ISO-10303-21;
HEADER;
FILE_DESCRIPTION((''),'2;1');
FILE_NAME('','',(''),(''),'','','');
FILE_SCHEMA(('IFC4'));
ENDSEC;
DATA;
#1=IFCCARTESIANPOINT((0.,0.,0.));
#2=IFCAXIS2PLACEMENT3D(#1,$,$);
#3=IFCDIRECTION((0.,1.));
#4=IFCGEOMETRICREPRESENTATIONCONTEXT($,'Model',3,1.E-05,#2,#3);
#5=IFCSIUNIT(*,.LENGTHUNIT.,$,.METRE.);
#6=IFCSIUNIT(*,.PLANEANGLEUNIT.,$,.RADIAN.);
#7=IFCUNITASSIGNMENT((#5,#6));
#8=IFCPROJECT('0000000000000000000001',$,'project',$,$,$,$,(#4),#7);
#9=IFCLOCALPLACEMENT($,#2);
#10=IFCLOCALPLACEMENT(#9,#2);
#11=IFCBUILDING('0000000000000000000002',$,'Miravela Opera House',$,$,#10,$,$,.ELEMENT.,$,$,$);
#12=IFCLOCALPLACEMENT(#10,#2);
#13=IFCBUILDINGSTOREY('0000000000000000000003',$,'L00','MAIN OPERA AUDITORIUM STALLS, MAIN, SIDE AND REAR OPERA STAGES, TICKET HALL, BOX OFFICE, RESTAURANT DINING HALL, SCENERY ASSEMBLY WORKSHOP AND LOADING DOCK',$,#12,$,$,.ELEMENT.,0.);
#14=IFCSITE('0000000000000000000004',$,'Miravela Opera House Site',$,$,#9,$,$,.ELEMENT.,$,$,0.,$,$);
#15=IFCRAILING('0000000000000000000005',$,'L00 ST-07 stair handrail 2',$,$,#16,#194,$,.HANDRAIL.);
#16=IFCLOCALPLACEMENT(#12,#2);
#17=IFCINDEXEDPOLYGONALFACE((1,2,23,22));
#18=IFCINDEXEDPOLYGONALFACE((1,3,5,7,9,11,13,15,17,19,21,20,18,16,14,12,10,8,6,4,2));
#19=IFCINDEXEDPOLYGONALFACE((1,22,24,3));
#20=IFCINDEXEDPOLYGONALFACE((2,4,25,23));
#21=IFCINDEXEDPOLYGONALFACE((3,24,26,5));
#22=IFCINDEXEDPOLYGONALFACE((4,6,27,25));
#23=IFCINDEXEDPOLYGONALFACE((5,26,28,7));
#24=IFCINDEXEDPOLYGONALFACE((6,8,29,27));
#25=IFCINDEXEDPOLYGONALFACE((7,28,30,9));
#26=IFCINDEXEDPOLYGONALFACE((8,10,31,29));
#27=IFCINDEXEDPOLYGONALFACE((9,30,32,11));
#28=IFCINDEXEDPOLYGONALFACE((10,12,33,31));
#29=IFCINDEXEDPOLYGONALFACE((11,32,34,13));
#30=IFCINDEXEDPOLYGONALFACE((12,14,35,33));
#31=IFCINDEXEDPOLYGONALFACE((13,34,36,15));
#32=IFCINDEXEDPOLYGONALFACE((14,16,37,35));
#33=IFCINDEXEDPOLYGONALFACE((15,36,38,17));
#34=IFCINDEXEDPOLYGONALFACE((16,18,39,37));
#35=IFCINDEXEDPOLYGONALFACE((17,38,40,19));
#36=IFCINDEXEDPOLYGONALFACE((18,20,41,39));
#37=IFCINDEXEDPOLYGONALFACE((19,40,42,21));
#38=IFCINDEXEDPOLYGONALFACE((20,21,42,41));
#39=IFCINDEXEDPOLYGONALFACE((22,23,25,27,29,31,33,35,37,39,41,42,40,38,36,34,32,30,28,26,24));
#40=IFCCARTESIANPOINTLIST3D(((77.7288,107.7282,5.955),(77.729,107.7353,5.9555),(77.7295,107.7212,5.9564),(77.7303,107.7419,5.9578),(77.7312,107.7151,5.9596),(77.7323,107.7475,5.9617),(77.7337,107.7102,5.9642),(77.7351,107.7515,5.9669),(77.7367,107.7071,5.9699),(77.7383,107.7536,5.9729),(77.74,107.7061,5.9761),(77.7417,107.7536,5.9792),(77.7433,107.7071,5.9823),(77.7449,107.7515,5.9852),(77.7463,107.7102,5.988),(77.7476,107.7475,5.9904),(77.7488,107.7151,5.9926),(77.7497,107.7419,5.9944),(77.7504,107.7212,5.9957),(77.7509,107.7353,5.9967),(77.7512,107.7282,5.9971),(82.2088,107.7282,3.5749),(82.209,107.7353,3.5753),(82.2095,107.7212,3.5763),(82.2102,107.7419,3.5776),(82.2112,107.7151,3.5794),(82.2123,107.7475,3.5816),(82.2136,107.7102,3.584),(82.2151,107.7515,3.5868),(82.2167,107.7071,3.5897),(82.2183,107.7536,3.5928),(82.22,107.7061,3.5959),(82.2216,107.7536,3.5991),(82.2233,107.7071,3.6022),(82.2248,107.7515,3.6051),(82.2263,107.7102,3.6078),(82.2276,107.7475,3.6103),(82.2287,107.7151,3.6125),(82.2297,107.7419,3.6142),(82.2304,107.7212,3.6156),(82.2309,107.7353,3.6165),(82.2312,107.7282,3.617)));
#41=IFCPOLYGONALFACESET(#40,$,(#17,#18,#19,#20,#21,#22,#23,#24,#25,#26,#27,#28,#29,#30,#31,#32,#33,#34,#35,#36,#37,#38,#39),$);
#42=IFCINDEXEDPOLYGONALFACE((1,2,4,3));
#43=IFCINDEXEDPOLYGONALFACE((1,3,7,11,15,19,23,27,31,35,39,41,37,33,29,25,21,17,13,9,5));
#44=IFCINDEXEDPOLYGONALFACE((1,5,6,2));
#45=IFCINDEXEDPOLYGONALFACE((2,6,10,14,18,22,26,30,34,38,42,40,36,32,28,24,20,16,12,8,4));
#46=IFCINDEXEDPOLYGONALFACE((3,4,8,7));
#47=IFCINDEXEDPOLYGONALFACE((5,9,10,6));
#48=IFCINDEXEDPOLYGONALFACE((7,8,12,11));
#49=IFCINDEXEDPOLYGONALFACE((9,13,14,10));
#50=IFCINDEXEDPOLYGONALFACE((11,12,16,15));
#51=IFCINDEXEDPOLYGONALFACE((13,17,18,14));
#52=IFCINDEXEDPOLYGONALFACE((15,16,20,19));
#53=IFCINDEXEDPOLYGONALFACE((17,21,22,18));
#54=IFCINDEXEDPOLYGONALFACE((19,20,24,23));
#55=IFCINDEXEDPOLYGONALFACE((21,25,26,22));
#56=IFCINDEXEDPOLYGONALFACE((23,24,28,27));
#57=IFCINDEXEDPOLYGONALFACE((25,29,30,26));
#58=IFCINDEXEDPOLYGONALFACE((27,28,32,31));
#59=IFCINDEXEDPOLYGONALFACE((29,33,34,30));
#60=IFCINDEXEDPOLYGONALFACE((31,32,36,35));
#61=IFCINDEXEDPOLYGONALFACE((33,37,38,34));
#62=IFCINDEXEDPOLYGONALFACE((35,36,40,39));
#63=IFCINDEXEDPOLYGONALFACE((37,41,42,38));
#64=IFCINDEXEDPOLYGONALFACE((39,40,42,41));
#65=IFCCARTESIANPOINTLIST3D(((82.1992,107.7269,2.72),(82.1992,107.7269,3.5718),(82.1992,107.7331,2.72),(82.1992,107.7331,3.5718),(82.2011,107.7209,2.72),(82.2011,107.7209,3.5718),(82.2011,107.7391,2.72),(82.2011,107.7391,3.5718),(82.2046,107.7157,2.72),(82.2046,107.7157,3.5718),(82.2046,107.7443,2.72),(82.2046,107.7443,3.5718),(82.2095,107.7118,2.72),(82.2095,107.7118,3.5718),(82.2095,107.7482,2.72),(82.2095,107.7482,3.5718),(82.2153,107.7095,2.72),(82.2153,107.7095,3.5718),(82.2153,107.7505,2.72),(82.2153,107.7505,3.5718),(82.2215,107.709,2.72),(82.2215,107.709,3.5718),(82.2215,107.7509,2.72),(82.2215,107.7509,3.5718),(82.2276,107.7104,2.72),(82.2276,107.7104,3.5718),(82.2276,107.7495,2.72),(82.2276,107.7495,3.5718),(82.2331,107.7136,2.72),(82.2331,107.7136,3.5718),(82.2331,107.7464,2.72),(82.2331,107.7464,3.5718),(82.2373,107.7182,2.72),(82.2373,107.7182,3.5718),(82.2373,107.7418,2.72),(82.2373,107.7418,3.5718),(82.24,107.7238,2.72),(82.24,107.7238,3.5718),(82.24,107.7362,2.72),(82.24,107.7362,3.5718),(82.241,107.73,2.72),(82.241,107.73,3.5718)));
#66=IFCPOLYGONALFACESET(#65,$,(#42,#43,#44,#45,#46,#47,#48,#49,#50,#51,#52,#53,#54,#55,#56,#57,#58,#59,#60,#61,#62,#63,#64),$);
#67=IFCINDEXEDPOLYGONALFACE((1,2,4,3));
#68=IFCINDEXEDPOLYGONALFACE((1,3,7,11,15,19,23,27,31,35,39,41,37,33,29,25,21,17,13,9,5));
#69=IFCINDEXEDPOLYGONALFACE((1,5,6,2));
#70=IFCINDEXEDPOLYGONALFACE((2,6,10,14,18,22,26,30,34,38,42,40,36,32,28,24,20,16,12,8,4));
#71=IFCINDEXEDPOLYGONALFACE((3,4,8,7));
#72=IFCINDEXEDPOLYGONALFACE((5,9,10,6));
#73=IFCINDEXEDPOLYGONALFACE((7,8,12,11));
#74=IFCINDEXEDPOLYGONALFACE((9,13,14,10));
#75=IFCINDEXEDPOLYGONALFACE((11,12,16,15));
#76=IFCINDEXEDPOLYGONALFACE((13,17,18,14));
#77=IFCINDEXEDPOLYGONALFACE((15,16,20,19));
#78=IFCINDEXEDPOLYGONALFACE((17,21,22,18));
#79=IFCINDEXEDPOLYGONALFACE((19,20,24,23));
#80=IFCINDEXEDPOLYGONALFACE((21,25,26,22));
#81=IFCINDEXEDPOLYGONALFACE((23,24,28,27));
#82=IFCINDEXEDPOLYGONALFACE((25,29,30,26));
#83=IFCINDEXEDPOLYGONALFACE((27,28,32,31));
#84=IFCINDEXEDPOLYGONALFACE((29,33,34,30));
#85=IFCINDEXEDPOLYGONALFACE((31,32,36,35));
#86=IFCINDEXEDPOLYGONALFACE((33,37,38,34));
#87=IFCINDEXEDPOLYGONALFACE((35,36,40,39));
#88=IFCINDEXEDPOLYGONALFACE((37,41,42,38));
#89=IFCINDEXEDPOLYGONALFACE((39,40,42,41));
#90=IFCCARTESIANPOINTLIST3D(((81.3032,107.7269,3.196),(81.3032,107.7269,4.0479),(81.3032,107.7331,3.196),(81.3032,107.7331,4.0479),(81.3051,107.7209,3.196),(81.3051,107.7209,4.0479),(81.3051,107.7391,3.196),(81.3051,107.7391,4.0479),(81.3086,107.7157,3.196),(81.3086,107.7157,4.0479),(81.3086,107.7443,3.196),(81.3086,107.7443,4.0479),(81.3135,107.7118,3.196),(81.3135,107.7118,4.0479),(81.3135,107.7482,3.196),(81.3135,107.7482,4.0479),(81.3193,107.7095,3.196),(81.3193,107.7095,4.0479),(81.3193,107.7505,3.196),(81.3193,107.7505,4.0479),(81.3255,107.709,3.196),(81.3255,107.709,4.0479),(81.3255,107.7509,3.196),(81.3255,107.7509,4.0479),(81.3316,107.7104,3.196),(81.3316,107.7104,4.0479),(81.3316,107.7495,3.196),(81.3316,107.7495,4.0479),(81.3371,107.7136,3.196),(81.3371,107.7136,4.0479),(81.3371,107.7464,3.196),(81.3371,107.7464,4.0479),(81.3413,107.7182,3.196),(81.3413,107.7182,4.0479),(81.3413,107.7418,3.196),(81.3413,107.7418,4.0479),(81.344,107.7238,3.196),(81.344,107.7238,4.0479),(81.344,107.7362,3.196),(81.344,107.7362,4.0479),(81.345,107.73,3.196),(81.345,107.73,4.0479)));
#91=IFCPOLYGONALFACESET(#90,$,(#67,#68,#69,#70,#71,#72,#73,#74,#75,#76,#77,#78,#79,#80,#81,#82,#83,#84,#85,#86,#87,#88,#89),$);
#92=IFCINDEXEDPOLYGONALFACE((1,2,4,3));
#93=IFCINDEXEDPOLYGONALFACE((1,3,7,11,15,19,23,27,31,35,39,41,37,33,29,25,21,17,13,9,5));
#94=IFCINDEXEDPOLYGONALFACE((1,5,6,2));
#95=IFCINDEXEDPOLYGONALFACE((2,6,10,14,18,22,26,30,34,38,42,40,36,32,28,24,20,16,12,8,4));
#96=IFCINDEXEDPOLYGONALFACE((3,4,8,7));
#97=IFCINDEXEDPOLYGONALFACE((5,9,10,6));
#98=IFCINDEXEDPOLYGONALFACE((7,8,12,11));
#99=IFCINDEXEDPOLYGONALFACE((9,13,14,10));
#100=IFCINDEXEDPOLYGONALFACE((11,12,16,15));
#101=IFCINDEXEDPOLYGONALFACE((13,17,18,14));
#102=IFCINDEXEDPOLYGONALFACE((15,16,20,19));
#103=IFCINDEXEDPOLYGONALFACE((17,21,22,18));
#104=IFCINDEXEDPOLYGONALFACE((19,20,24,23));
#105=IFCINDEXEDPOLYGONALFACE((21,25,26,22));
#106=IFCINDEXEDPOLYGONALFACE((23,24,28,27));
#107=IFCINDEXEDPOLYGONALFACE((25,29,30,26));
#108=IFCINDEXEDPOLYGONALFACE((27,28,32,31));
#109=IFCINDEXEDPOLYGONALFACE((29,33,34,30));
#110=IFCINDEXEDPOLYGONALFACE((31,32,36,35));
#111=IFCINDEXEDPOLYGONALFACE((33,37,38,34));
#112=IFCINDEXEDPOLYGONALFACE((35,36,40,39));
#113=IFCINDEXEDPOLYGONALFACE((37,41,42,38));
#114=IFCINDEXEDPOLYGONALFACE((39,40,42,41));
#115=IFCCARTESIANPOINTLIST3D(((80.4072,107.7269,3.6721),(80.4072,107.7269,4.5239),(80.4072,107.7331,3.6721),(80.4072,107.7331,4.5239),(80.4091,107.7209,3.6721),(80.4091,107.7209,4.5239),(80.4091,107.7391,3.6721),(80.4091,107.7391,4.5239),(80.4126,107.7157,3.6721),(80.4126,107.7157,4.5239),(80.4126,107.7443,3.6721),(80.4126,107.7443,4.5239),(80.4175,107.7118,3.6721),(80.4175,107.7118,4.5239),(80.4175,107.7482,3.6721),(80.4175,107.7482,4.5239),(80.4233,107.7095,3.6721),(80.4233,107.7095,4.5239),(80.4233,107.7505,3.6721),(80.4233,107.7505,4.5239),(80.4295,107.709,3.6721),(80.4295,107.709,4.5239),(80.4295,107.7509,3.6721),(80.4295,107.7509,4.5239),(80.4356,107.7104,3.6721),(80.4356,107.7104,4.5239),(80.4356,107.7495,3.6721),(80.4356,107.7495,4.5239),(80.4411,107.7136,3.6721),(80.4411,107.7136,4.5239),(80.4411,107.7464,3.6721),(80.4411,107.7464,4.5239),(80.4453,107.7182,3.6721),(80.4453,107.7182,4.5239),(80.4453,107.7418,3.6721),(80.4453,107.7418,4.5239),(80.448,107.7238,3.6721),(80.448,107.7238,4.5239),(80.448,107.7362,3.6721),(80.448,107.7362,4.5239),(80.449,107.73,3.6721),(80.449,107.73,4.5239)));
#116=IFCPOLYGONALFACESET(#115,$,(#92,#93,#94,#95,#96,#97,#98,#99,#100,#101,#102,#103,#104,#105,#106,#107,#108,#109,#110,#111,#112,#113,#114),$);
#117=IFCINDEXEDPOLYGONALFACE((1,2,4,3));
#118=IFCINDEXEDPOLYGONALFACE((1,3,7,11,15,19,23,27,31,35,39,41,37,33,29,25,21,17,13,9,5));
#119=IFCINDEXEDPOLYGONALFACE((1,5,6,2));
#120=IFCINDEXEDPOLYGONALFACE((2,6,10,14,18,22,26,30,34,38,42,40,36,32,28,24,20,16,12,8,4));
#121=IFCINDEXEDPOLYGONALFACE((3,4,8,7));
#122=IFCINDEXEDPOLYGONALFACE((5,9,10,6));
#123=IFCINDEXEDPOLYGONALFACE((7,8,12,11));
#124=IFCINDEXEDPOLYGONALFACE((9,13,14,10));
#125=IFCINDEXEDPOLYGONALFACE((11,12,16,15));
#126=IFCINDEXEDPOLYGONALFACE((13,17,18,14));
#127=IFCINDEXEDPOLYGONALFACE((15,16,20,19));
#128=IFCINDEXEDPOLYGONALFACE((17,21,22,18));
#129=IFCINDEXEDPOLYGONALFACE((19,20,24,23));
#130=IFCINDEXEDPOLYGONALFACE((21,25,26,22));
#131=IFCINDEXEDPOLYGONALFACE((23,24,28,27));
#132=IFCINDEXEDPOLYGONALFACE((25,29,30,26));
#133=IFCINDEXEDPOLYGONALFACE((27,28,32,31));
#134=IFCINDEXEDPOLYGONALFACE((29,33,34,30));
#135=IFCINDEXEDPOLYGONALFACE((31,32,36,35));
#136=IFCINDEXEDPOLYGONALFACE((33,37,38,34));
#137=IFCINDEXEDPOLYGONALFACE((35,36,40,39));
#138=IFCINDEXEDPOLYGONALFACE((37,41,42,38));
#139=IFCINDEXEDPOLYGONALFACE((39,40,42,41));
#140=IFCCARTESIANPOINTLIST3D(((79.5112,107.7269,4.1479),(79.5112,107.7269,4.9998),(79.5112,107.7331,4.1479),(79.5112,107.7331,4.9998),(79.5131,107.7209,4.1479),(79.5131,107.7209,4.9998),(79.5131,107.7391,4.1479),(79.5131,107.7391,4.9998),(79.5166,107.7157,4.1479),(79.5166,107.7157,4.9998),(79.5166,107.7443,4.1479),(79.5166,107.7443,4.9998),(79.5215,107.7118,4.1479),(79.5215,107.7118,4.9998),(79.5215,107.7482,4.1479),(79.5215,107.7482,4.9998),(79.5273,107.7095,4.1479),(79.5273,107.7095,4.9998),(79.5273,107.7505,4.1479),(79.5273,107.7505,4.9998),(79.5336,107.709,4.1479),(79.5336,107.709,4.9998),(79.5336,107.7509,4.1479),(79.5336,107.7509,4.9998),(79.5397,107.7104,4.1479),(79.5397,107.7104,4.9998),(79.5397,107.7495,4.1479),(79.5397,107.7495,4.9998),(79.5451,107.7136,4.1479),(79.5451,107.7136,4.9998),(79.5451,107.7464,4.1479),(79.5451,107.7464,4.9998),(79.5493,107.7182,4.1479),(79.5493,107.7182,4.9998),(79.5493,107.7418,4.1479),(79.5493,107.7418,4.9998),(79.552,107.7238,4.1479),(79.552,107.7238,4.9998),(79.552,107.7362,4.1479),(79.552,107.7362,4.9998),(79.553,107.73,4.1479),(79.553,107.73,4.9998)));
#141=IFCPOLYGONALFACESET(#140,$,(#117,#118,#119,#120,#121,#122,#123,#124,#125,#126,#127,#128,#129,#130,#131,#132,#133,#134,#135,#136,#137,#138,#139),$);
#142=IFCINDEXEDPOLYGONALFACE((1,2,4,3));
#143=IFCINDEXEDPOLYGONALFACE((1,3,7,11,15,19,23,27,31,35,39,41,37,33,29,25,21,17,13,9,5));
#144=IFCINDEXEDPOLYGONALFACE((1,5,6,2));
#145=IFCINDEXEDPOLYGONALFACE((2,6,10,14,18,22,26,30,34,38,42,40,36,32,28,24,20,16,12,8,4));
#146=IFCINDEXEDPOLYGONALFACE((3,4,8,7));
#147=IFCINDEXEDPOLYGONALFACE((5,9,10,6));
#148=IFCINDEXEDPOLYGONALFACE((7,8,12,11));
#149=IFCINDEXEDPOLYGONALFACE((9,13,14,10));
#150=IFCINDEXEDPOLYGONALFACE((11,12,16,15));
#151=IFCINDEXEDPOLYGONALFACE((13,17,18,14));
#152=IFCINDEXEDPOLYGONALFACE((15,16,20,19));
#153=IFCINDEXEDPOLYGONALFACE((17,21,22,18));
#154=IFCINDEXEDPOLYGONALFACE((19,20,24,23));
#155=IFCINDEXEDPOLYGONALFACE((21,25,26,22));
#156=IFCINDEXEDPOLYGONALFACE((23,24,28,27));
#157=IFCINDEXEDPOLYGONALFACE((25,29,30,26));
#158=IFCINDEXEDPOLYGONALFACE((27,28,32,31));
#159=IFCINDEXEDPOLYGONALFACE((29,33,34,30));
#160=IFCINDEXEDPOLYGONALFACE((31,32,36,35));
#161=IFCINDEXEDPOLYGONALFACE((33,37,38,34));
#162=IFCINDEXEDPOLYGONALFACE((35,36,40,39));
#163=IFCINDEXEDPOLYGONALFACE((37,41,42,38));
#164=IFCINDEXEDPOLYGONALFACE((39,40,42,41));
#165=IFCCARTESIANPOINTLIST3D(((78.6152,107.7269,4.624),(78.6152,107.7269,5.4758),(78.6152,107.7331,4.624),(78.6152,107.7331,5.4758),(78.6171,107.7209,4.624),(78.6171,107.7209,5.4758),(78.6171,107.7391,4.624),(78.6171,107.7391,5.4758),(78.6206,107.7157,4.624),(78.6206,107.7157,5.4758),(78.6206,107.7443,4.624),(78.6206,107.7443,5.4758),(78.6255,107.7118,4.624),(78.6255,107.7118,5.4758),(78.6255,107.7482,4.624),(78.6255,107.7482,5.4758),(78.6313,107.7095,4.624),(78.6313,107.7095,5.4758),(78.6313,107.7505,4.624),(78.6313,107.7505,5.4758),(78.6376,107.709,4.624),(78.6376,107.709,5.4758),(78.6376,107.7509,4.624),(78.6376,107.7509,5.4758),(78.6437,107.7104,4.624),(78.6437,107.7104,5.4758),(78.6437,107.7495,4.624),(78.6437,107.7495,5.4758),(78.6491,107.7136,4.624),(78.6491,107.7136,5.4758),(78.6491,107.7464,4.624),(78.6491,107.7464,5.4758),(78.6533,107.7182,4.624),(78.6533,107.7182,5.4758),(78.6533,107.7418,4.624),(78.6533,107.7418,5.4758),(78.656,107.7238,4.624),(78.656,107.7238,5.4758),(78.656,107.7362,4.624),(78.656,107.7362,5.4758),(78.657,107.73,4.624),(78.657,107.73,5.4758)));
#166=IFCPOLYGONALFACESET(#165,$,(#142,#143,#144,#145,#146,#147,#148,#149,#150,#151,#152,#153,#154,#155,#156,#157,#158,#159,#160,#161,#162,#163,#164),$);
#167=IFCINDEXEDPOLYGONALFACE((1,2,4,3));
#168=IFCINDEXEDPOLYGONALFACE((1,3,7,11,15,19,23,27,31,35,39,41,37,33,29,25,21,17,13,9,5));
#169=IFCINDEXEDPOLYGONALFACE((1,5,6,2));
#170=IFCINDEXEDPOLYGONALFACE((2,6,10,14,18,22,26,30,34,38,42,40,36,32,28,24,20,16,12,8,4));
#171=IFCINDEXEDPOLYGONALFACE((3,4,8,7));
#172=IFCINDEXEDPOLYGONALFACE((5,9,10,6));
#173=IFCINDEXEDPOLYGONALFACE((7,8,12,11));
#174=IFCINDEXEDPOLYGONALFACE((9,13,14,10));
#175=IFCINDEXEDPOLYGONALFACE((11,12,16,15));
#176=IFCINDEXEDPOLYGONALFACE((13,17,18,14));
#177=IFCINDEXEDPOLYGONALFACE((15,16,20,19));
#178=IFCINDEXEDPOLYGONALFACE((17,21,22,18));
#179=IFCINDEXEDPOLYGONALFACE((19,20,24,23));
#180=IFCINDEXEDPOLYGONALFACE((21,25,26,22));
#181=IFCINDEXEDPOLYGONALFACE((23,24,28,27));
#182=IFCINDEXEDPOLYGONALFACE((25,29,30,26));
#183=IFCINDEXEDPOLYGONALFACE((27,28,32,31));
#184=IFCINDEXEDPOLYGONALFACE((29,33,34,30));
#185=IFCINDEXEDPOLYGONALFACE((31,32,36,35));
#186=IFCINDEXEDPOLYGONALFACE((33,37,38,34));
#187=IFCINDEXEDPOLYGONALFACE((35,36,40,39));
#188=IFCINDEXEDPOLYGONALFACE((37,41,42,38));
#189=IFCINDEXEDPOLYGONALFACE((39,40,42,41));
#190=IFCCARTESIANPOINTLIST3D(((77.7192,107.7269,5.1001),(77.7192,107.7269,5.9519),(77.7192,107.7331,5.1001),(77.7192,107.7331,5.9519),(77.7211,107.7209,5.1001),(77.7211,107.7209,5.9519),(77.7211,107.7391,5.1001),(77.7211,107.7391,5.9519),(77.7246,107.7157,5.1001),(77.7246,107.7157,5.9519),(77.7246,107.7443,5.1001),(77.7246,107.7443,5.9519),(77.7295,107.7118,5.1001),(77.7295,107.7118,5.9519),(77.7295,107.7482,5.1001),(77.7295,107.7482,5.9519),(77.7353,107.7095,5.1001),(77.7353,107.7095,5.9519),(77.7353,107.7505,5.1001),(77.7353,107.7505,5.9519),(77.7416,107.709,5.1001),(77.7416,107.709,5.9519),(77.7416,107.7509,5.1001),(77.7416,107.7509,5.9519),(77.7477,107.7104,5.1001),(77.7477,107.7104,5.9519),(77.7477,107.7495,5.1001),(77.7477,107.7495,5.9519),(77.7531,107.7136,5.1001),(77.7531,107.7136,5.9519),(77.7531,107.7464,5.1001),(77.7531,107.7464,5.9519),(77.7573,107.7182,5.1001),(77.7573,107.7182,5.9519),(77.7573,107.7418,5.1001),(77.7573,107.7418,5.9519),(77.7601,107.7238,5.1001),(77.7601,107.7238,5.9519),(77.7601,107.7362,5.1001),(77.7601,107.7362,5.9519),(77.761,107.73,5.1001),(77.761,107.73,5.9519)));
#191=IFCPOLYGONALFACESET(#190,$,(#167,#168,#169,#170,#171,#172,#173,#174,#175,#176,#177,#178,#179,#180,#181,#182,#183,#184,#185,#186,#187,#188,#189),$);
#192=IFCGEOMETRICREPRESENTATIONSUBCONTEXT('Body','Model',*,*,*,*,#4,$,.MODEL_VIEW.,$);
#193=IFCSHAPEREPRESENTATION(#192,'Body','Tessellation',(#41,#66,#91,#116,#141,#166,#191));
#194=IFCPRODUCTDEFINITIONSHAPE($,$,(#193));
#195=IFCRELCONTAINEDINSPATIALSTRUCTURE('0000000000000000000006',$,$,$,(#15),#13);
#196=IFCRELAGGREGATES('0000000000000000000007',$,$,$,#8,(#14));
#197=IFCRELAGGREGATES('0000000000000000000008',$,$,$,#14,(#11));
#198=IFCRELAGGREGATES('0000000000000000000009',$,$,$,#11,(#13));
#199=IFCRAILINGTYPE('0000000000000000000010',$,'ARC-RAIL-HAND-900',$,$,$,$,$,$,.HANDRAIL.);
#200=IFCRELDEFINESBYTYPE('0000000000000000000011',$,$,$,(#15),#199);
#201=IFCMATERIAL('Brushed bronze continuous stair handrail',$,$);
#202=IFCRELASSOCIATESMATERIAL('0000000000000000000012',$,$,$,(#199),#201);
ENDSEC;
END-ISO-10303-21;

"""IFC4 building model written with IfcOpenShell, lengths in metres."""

from ifc_helpers import new_model, si_unit, direction, frame, origin, origin_2d, place, context, subcontext, project, spatial, circle, extrude, material, type_object, element, save


model = new_model("IFC4")

# Units and contexts
model_context = context("Model", 3, precision=1e-05, world=origin(), true_north=direction((0.0, 1.0)))
body_context = subcontext(model_context, "Body", "Model", "MODEL_VIEW")
ifc_project = project(units=[si_unit("LENGTHUNIT", "METRE"), si_unit("PLANEANGLEUNIT", "RADIAN")], contexts=[model_context])

# Site, building, storey
site_placement = place(None, origin())
site = spatial("IfcSite", under=ifc_project, at=site_placement, Name="Miravela Opera House Site", CompositionType="ELEMENT", RefElevation=0.0)
building_placement = place(site_placement, origin())
building = spatial("IfcBuilding", under=site, at=building_placement, Name="Miravela Opera House", CompositionType="ELEMENT")
storey_placement = place(building_placement, origin())
storey = spatial("IfcBuildingStorey", under=building, at=storey_placement, Name="L00", Description="MAIN OPERA AUDITORIUM STALLS, MAIN, SIDE AND REAR OPERA STAGES, TICKET HALL, BOX OFFICE, RESTAURANT DINING HALL, SCENERY ASSEMBLY WORKSHOP AND LOADING DOCK", CompositionType="ELEMENT", Elevation=0.0)

# Railing
ifc_material_1 = material(Name="Brushed bronze continuous stair handrail")
railing_type_1 = type_object("IfcRailingType", Name="ARC-RAIL-HAND-900", PredefinedType="HANDRAIL", material=ifc_material_1)
railing_1_placement = place(storey_placement, frame((82.22, 107.73, 2.72)))
element("IfcRailing", 1, at=railing_1_placement, inside=storey, type_object=railing_type_1, Name="L00 ST-07 stair handrail 2", PredefinedType="HANDRAIL", context=body_context, shape_type="SweptSolid", body=[
    extrude(circle(Radius=0.0239, at=origin_2d()), frame((0.0, 0.0, 0.876), z_axis=(-0.883105, 0.0, 0.469176), x_axis=(0.0, -1.0, 0.0)), (0.0, 0.0, 1.0), 5.073),
    extrude(circle(Radius=0.021, at=origin_2d()), origin(), (0.0, 0.0, 1.0), 0.8518),
    extrude(circle(Radius=0.021, at=origin_2d()), frame((-0.896, 0.0, 0.4761)), (0.0, 0.0, 1.0), 0.8518),
    extrude(circle(Radius=0.021, at=origin_2d()), frame((-1.792, 0.0, 0.9521)), (0.0, 0.0, 1.0), 0.8518),
    extrude(circle(Radius=0.021, at=origin_2d()), frame((-2.688, 0.0, 1.428)), (0.0, 0.0, 1.0), 0.8518),
    extrude(circle(Radius=0.021, at=origin_2d()), frame((-3.584, 0.0, 1.9041)), (0.0, 0.0, 1.0), 0.8518),
    extrude(circle(Radius=0.021, at=origin_2d()), frame((-4.48, 0.0, 2.3801)), (0.0, 0.0, 1.0), 0.8518),
])

save(model, "model.ifc")
